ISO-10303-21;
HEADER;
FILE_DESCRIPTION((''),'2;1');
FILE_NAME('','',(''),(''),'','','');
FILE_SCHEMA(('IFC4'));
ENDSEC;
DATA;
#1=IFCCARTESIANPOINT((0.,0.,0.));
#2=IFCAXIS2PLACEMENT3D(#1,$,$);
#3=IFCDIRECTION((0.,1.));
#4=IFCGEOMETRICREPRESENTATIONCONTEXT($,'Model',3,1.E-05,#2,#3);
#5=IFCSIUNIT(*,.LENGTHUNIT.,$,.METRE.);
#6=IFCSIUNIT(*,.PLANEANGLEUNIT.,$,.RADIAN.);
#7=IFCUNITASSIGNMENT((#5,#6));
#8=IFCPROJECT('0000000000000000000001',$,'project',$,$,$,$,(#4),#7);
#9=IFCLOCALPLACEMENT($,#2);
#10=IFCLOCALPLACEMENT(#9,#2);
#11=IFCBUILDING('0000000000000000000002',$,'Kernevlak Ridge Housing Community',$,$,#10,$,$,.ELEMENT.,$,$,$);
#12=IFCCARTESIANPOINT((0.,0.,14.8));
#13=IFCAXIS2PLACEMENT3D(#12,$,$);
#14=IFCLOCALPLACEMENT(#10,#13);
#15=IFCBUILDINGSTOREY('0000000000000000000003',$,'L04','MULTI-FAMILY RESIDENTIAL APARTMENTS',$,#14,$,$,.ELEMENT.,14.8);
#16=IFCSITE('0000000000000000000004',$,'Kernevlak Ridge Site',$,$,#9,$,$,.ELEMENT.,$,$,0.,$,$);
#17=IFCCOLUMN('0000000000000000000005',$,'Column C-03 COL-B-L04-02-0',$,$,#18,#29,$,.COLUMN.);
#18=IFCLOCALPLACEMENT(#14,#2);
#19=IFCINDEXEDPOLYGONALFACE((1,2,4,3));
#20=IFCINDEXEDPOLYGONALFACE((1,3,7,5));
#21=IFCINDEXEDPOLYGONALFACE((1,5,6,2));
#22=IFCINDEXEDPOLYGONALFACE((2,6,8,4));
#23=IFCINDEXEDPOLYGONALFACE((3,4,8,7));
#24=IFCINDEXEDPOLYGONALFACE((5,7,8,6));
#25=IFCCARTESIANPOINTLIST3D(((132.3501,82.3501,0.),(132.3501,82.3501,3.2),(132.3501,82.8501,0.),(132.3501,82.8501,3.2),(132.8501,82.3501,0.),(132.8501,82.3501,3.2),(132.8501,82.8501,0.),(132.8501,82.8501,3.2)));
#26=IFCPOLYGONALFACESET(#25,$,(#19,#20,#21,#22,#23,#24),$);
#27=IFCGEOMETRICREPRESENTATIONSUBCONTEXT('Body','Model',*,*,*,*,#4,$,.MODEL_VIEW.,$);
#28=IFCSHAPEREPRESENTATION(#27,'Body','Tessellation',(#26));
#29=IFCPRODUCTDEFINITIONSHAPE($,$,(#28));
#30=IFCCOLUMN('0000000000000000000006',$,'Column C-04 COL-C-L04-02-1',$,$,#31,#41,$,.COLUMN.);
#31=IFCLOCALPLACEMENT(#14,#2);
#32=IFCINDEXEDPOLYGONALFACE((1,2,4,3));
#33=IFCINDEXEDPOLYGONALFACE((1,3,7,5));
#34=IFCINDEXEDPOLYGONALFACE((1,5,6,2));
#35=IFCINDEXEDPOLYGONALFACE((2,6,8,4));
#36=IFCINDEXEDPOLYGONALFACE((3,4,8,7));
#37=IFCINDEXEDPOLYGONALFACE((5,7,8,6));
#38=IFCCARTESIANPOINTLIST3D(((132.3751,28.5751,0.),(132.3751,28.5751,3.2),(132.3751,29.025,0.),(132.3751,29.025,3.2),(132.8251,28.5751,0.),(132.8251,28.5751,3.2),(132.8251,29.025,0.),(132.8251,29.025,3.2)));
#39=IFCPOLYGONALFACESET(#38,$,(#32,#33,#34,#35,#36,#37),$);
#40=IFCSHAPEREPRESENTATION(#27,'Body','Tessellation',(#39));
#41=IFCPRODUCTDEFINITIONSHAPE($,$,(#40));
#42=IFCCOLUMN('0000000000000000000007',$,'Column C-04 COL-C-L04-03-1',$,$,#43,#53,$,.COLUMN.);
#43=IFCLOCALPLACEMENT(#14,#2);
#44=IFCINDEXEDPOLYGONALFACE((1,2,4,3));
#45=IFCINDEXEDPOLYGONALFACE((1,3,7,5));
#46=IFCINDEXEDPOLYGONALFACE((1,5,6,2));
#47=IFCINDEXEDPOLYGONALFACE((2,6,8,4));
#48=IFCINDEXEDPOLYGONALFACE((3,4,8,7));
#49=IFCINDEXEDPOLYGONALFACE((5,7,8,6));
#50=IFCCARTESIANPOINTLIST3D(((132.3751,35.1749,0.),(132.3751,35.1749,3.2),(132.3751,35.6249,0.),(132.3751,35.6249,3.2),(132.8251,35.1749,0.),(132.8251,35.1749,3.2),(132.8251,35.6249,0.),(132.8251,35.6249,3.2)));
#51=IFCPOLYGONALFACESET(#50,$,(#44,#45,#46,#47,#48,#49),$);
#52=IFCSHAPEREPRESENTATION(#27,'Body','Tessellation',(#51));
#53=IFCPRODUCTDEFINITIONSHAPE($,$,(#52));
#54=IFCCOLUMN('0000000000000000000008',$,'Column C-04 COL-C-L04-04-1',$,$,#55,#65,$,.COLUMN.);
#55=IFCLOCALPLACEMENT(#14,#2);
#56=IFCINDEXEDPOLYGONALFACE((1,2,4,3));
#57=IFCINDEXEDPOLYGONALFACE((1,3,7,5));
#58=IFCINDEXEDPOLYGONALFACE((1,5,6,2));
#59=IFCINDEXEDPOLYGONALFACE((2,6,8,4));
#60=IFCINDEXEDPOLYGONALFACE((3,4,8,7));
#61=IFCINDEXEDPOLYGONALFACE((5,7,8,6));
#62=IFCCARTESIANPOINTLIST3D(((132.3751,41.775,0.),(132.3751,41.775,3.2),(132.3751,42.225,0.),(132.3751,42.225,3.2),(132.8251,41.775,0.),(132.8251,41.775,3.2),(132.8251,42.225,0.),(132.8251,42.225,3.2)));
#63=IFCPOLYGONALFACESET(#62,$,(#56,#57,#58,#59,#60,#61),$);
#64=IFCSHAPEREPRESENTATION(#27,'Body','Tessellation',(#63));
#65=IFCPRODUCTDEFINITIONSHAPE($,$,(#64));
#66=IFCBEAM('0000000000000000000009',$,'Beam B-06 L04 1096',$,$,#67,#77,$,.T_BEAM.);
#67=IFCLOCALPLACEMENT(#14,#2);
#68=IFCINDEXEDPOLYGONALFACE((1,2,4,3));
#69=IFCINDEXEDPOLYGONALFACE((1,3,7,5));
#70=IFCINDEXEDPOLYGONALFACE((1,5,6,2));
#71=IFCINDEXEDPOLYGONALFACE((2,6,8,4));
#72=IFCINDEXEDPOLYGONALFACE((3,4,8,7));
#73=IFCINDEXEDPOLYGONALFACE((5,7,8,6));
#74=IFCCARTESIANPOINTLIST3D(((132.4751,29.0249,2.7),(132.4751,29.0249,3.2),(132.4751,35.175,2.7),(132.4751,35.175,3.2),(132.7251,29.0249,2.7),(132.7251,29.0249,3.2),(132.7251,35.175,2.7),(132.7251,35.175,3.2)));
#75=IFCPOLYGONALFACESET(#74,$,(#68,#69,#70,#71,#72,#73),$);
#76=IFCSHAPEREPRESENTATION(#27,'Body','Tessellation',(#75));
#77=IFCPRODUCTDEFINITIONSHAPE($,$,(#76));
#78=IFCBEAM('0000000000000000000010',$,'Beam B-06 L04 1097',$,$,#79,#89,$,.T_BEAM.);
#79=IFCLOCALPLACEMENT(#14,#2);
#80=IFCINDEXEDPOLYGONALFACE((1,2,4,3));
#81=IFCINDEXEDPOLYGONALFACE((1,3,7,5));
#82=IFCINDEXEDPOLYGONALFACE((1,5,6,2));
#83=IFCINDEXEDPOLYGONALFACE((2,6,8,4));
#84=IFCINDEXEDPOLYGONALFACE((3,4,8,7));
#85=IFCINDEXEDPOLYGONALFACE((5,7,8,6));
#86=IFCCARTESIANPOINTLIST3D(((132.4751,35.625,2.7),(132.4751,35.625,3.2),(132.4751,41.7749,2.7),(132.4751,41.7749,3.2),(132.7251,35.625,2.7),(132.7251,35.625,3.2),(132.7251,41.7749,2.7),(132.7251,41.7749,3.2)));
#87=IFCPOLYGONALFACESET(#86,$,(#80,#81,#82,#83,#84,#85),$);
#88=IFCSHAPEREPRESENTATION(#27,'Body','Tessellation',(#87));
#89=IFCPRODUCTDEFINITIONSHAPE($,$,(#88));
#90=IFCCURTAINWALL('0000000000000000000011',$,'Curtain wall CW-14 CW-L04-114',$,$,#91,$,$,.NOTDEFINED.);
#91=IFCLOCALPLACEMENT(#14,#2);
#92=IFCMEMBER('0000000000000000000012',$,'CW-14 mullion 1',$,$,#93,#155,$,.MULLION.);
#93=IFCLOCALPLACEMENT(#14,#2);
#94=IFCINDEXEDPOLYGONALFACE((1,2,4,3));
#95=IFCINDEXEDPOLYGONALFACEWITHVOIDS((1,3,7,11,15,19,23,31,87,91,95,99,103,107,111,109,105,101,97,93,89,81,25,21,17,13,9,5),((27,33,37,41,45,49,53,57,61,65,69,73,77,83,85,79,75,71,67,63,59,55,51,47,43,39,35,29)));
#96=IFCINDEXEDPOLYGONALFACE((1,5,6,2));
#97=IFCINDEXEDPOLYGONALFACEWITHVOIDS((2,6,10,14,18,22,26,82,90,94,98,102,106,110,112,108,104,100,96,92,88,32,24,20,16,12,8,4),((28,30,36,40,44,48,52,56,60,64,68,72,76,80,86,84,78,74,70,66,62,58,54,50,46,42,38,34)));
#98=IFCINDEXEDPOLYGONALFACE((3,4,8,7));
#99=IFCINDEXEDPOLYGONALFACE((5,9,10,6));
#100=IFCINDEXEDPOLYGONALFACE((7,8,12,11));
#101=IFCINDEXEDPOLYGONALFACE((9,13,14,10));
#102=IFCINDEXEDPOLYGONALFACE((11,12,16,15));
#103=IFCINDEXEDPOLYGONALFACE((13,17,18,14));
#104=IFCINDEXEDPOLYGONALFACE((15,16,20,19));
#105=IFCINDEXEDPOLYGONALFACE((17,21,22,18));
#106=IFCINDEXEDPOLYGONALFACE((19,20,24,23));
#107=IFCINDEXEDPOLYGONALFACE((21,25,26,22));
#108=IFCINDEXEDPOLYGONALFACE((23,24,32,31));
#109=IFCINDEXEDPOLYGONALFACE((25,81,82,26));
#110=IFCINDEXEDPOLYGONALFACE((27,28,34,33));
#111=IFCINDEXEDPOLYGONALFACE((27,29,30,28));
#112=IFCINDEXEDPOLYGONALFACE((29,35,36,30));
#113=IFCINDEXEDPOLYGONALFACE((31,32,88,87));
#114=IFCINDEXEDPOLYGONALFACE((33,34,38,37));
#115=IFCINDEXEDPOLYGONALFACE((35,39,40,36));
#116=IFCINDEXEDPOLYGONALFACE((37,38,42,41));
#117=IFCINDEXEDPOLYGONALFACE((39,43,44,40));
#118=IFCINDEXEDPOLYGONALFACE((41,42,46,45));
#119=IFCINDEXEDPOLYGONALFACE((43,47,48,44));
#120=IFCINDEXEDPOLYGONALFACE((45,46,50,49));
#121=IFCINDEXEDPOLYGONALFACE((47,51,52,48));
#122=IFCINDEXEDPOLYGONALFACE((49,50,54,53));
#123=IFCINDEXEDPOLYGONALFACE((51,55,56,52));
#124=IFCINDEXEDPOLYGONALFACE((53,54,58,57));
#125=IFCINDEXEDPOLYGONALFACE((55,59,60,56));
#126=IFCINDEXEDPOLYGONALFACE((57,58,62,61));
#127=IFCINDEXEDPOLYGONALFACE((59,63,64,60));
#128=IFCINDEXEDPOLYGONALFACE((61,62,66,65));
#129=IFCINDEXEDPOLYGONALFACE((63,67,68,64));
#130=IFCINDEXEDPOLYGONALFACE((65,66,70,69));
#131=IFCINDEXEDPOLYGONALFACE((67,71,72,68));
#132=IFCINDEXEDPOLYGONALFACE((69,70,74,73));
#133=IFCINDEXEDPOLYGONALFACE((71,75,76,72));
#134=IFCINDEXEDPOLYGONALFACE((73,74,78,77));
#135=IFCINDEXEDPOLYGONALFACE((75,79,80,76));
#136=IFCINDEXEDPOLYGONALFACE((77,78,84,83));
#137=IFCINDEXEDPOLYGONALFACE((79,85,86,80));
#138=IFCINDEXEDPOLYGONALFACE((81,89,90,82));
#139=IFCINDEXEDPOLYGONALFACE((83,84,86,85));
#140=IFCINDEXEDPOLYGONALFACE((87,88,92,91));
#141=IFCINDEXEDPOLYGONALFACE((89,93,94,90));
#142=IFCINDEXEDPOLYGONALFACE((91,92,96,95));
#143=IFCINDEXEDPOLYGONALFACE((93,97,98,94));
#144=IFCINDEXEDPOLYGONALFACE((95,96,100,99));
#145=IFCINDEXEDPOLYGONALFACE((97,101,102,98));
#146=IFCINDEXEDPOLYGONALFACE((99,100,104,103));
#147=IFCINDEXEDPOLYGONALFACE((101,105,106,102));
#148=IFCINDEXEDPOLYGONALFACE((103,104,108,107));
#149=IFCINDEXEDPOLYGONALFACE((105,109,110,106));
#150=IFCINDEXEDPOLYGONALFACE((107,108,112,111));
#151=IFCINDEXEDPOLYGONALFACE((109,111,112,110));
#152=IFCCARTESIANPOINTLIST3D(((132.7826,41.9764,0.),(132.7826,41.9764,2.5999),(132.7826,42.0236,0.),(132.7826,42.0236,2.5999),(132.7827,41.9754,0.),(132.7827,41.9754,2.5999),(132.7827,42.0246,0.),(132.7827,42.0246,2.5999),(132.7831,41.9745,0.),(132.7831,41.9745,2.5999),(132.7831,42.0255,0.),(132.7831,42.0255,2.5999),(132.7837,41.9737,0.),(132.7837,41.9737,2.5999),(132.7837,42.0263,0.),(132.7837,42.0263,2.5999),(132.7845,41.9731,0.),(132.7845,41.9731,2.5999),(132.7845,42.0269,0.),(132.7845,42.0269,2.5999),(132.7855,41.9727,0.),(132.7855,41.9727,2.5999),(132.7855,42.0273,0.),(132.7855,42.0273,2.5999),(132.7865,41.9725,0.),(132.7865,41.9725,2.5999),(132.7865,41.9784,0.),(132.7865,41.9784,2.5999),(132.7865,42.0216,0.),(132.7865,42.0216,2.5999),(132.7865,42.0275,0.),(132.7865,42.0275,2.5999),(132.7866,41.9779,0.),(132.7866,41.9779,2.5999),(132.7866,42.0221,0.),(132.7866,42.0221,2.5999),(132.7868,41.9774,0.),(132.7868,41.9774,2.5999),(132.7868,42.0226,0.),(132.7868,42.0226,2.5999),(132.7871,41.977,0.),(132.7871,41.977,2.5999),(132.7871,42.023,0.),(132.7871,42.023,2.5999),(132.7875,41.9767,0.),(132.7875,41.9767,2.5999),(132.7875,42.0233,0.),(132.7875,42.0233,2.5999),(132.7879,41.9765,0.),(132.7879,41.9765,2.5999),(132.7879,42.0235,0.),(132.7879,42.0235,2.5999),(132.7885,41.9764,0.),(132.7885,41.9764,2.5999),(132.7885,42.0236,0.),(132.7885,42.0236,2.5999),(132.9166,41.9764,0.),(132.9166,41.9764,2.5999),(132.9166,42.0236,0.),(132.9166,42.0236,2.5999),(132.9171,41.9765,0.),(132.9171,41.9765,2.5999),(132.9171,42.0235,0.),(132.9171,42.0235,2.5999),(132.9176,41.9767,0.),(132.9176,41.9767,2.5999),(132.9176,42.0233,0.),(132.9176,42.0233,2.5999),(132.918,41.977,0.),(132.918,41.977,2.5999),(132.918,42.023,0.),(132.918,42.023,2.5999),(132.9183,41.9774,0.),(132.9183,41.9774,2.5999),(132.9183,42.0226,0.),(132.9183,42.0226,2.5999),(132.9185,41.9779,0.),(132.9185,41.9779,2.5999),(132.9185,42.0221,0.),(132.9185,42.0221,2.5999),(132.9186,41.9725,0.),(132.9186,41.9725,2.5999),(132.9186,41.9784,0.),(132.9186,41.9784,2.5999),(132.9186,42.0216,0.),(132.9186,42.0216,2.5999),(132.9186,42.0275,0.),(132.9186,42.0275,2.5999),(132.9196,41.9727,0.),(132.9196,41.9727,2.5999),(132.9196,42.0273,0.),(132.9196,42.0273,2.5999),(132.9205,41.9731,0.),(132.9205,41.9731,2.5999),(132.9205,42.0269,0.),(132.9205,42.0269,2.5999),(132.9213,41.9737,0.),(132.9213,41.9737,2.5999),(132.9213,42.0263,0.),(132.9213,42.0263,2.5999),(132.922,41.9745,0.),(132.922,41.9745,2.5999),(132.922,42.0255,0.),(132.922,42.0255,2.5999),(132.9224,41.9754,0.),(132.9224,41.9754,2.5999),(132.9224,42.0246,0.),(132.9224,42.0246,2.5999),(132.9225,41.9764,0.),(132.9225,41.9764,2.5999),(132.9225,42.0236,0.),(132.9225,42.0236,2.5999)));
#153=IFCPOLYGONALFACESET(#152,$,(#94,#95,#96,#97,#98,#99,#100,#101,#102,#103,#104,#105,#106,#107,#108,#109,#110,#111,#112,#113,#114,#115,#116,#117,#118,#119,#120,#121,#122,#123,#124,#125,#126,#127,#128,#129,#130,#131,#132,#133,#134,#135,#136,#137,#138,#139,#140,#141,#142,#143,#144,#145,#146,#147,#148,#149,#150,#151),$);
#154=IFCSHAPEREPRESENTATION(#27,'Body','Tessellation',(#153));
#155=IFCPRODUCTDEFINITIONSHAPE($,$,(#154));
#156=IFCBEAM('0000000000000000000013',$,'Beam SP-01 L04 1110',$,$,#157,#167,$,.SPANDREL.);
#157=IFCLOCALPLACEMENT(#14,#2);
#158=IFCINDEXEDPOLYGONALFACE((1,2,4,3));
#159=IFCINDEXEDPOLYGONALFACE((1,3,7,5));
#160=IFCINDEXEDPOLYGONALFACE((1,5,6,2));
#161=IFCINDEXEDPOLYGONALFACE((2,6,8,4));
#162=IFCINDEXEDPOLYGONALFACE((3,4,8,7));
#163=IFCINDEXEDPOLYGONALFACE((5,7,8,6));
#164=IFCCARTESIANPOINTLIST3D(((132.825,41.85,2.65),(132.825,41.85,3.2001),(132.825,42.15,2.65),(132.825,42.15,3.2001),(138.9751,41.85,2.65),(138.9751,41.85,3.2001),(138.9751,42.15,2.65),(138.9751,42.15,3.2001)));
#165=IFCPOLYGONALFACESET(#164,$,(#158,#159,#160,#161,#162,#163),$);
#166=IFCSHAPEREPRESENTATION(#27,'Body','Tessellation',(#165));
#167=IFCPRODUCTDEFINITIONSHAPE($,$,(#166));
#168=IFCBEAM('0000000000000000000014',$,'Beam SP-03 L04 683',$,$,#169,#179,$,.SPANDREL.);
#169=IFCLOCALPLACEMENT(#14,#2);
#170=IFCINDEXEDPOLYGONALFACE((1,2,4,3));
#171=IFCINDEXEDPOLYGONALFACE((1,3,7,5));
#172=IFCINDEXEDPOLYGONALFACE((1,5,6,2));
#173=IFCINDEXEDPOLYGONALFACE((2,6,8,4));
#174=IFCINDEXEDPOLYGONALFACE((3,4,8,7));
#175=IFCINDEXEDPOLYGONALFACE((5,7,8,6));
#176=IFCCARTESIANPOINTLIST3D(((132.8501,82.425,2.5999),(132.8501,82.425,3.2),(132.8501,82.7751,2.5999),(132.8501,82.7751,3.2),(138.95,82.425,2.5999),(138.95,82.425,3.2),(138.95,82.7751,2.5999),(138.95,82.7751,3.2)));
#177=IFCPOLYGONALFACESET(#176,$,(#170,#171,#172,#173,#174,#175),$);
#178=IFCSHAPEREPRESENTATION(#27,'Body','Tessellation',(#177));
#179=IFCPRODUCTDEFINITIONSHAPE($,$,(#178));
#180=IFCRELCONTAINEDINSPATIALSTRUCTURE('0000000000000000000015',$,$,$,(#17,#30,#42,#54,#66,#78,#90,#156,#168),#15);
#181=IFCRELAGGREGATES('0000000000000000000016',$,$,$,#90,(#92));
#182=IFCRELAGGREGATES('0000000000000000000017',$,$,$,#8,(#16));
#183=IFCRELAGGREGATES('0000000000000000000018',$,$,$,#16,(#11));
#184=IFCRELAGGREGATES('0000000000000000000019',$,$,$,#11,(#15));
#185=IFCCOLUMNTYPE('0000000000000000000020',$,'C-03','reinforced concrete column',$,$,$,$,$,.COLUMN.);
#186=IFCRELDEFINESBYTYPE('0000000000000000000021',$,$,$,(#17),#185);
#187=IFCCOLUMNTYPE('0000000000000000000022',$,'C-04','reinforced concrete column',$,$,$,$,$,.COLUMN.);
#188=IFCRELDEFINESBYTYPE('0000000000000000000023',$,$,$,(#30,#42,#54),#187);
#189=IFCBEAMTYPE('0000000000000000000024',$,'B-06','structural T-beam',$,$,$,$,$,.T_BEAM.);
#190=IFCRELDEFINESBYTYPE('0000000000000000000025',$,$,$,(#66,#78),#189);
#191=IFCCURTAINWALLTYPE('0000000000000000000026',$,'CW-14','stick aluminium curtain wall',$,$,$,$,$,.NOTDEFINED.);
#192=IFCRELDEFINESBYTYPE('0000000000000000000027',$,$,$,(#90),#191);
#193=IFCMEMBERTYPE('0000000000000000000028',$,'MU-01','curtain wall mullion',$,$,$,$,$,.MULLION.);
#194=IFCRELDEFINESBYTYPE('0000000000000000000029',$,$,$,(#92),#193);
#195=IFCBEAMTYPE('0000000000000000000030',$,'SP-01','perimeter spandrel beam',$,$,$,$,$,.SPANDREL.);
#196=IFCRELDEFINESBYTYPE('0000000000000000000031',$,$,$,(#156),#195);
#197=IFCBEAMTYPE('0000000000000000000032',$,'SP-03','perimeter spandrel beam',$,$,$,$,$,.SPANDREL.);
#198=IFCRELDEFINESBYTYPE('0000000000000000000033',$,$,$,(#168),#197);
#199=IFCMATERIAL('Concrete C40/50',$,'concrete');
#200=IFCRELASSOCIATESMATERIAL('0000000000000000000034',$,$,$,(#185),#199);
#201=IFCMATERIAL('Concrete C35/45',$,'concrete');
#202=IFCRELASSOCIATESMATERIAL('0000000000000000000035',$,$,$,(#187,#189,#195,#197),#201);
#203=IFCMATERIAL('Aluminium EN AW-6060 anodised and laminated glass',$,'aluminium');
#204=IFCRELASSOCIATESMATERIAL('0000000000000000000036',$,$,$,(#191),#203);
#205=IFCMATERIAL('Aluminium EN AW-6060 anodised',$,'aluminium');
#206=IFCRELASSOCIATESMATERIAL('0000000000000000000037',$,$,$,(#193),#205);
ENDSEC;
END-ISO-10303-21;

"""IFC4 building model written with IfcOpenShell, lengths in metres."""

from ifc_helpers import new_model, si_unit, direction, frame, origin, origin_2d, place, context, subcontext, project, spatial, rectangle, hollow_rectangle, extrude, material, material_profile, profile_set, type_object, element, aggregate, save


model = new_model("IFC4")

# Units and contexts
model_context = context("Model", 3, precision=1e-05, world=origin(), true_north=direction((0.0, 1.0)))
body_context = subcontext(model_context, "Body", "Model", "MODEL_VIEW")
ifc_project = project(units=[si_unit("LENGTHUNIT", "METRE"), si_unit("PLANEANGLEUNIT", "RADIAN")], contexts=[model_context])

# Site, building, storey
site_placement = place(None, origin())
site = spatial("IfcSite", under=ifc_project, at=site_placement, Name="Kernevlak Ridge Site", CompositionType="ELEMENT", RefElevation=0.0)
building_placement = place(site_placement, origin())
building = spatial("IfcBuilding", under=site, at=building_placement, Name="Kernevlak Ridge Housing Community", CompositionType="ELEMENT")
storey_placement = place(building_placement, frame((0.0, 0.0, 14.8)))
storey = spatial("IfcBuildingStorey", under=building, at=storey_placement, Name="L04", Description="MULTI-FAMILY RESIDENTIAL APARTMENTS", CompositionType="ELEMENT", Elevation=14.8)

# Columns
ifc_material_1 = material(Name="Concrete C40/50", Category="concrete")
ifc_material_profile_1 = material_profile(ifc_material_1, rectangle(XDim=0.5, YDim=0.5, at=origin_2d()), Name="RC 500x500")
ifc_profile_set_1 = profile_set([ifc_material_profile_1], Name="Concrete C40/50")
column_type_1 = type_object("IfcColumnType", Name="C-03", Description="reinforced concrete column", PredefinedType="COLUMN", material=ifc_profile_set_1)
column_placement = place(storey_placement, frame((132.6001, 82.6001, 0.0), z_axis=(0.0, 0.0, 1.0), x_axis=(1.0, 0.0, 0.0)))
element("IfcColumn", 1, at=column_placement, inside=storey, type_object=column_type_1, Name="Column C-03 COL-B-L04-02-0", PredefinedType="COLUMN", context=body_context, shape_type="SweptSolid", body=[
    extrude(rectangle(XDim=0.5, YDim=0.5, at=origin_2d()), origin(), (0.0, 0.0, 1.0), 3.2),
])
ifc_material_2 = material(Name="Concrete C35/45", Category="concrete")
ifc_material_profile_2 = material_profile(ifc_material_2, rectangle(XDim=0.45, YDim=0.45, at=origin_2d()), Name="RC 450x450")
ifc_profile_set_2 = profile_set([ifc_material_profile_2], Name="Concrete C35/45")
column_type_2 = type_object("IfcColumnType", Name="C-04", Description="reinforced concrete column", PredefinedType="COLUMN", material=ifc_profile_set_2)
for number, where, z_axis, x_axis, name in (
    (2, (132.6001, 28.8, 0.0), (0.0, 0.0, 1.0), (1.0, 0.0, 0.0), "Column C-04 COL-C-L04-02-1"),
    (3, (132.6001, 35.3999, 0.0), (0.0, 0.0, 1.0), (1.0, 0.0, 0.0), "Column C-04 COL-C-L04-03-1"),
    (4, (132.6001, 42.0, 0.0), (0.0, 0.0, 1.0), (1.0, 0.0, 0.0), "Column C-04 COL-C-L04-04-1"),
):
    element("IfcColumn", number, at=place(storey_placement, frame(where, z_axis=z_axis, x_axis=x_axis)), inside=storey, type_object=column_type_2, Name=name, PredefinedType="COLUMN", context=body_context, shape_type="SweptSolid", body=[
        extrude(rectangle(XDim=0.45, YDim=0.45, at=origin_2d()), origin(), (0.0, 0.0, 1.0), 3.2),
    ])

# Beams
ifc_material_profile_3 = material_profile(ifc_material_2, rectangle(XDim=0.25, YDim=0.5, at=origin_2d()), Name="RC 250x500")
ifc_profile_set_3 = profile_set([ifc_material_profile_3], Name="Concrete C35/45")
beam_type_1 = type_object("IfcBeamType", Name="B-06", Description="structural T-beam", PredefinedType="T_BEAM", material=ifc_profile_set_3)
beam_1_placement = place(storey_placement, frame((132.6001, 29.0249, 2.95), z_axis=(0.0, 1.0, 0.0), x_axis=(-1.0, 0.0, 0.0)))
element("IfcBeam", 5, at=beam_1_placement, inside=storey, type_object=beam_type_1, Name="Beam B-06 L04 1096", PredefinedType="T_BEAM", context=body_context, shape_type="SweptSolid", body=[
    extrude(rectangle(XDim=0.25, YDim=0.5, at=origin_2d()), origin(), (0.0, 0.0, 1.0), 6.1501),
])
beam_2_placement = place(storey_placement, frame((132.6001, 35.625, 2.95), z_axis=(0.0, 1.0, 0.0), x_axis=(-1.0, 0.0, 0.0)))
element("IfcBeam", 6, at=beam_2_placement, inside=storey, type_object=beam_type_1, Name="Beam B-06 L04 1097", PredefinedType="T_BEAM", context=body_context, shape_type="SweptSolid", body=[
    extrude(rectangle(XDim=0.25, YDim=0.5, at=origin_2d()), origin(), (0.0, 0.0, 1.0), 6.1499),
])

# Curtain wall, member
ifc_material_3 = material(Name="Aluminium EN AW-6060 anodised and laminated glass", Category="aluminium")
curtain_wall_type = type_object("IfcCurtainWallType", Name="CW-14", Description="stick aluminium curtain wall", PredefinedType="NOTDEFINED", material=ifc_material_3)
curtain_wall_placement = place(storey_placement, origin())
curtain_wall = element("IfcCurtainWall", 7, at=curtain_wall_placement, inside=storey, type_object=curtain_wall_type, Name="Curtain wall CW-14 CW-L04-114", PredefinedType="NOTDEFINED")
ifc_material_4 = material(Name="Aluminium EN AW-6060 anodised", Category="aluminium")
ifc_material_profile_4 = material_profile(ifc_material_4, hollow_rectangle(XDim=0.0549, YDim=0.1399, WallThickness=0.0039, InnerFilletRadius=0.002, OuterFilletRadius=0.0039, at=origin_2d()), Name="ALU 55x140x4")
ifc_profile_set_4 = profile_set([ifc_material_profile_4], Name="Aluminium EN AW-6060 anodised")
member_type_1 = type_object("IfcMemberType", Name="MU-01", Description="curtain wall mullion", PredefinedType="MULLION", material=ifc_profile_set_4)
member_1_placement = place(storey_placement, frame((132.8525, 42.0, 0.0), z_axis=(0.0, 0.0, 1.0), x_axis=(0.0, 1.0, 0.0)))
member_1 = element("IfcMember", 8, at=member_1_placement, type_object=member_type_1, Name="CW-14 mullion 1", PredefinedType="MULLION", context=body_context, shape_type="SweptSolid", body=[
    extrude(hollow_rectangle(XDim=0.0549, YDim=0.1399, WallThickness=0.0039, InnerFilletRadius=0.002, OuterFilletRadius=0.0039, at=origin_2d()), origin(), (0.0, 0.0, 1.0), 2.5999),
])

# Beams
ifc_material_profile_5 = material_profile(ifc_material_2, rectangle(XDim=0.3, YDim=0.55, at=origin_2d()), Name="RC 300x550")
ifc_profile_set_5 = profile_set([ifc_material_profile_5], Name="Concrete C35/45")
beam_type_2 = type_object("IfcBeamType", Name="SP-01", Description="perimeter spandrel beam", PredefinedType="SPANDREL", material=ifc_profile_set_5)
beam_3_placement = place(storey_placement, frame((132.825, 42.0, 2.925), z_axis=(1.0, 0.0, 0.0), x_axis=(0.0, 1.0, 0.0)))
element("IfcBeam", 9, at=beam_3_placement, inside=storey, type_object=beam_type_2, Name="Beam SP-01 L04 1110", PredefinedType="SPANDREL", context=body_context, shape_type="SweptSolid", body=[
    extrude(rectangle(XDim=0.3, YDim=0.55, at=origin_2d()), origin(), (0.0, 0.0, 1.0), 6.1501),
])
ifc_material_profile_6 = material_profile(ifc_material_2, rectangle(XDim=0.3501, YDim=0.6001, at=origin_2d()), Name="RC 350x600")
ifc_profile_set_6 = profile_set([ifc_material_profile_6], Name="Concrete C35/45")
beam_type_3 = type_object("IfcBeamType", Name="SP-03", Description="perimeter spandrel beam", PredefinedType="SPANDREL", material=ifc_profile_set_6)
beam_4_placement = place(storey_placement, frame((132.8501, 82.6001, 2.8999), z_axis=(1.0, 0.0, 0.0), x_axis=(0.0, 1.0, 0.0)))
element("IfcBeam", 10, at=beam_4_placement, inside=storey, type_object=beam_type_3, Name="Beam SP-03 L04 683", PredefinedType="SPANDREL", context=body_context, shape_type="SweptSolid", body=[
    extrude(rectangle(XDim=0.3501, YDim=0.6001, at=origin_2d()), origin(), (0.0, 0.0, 1.0), 6.0999),
])

aggregate(curtain_wall, [member_1])

save(model, "model.ifc")
